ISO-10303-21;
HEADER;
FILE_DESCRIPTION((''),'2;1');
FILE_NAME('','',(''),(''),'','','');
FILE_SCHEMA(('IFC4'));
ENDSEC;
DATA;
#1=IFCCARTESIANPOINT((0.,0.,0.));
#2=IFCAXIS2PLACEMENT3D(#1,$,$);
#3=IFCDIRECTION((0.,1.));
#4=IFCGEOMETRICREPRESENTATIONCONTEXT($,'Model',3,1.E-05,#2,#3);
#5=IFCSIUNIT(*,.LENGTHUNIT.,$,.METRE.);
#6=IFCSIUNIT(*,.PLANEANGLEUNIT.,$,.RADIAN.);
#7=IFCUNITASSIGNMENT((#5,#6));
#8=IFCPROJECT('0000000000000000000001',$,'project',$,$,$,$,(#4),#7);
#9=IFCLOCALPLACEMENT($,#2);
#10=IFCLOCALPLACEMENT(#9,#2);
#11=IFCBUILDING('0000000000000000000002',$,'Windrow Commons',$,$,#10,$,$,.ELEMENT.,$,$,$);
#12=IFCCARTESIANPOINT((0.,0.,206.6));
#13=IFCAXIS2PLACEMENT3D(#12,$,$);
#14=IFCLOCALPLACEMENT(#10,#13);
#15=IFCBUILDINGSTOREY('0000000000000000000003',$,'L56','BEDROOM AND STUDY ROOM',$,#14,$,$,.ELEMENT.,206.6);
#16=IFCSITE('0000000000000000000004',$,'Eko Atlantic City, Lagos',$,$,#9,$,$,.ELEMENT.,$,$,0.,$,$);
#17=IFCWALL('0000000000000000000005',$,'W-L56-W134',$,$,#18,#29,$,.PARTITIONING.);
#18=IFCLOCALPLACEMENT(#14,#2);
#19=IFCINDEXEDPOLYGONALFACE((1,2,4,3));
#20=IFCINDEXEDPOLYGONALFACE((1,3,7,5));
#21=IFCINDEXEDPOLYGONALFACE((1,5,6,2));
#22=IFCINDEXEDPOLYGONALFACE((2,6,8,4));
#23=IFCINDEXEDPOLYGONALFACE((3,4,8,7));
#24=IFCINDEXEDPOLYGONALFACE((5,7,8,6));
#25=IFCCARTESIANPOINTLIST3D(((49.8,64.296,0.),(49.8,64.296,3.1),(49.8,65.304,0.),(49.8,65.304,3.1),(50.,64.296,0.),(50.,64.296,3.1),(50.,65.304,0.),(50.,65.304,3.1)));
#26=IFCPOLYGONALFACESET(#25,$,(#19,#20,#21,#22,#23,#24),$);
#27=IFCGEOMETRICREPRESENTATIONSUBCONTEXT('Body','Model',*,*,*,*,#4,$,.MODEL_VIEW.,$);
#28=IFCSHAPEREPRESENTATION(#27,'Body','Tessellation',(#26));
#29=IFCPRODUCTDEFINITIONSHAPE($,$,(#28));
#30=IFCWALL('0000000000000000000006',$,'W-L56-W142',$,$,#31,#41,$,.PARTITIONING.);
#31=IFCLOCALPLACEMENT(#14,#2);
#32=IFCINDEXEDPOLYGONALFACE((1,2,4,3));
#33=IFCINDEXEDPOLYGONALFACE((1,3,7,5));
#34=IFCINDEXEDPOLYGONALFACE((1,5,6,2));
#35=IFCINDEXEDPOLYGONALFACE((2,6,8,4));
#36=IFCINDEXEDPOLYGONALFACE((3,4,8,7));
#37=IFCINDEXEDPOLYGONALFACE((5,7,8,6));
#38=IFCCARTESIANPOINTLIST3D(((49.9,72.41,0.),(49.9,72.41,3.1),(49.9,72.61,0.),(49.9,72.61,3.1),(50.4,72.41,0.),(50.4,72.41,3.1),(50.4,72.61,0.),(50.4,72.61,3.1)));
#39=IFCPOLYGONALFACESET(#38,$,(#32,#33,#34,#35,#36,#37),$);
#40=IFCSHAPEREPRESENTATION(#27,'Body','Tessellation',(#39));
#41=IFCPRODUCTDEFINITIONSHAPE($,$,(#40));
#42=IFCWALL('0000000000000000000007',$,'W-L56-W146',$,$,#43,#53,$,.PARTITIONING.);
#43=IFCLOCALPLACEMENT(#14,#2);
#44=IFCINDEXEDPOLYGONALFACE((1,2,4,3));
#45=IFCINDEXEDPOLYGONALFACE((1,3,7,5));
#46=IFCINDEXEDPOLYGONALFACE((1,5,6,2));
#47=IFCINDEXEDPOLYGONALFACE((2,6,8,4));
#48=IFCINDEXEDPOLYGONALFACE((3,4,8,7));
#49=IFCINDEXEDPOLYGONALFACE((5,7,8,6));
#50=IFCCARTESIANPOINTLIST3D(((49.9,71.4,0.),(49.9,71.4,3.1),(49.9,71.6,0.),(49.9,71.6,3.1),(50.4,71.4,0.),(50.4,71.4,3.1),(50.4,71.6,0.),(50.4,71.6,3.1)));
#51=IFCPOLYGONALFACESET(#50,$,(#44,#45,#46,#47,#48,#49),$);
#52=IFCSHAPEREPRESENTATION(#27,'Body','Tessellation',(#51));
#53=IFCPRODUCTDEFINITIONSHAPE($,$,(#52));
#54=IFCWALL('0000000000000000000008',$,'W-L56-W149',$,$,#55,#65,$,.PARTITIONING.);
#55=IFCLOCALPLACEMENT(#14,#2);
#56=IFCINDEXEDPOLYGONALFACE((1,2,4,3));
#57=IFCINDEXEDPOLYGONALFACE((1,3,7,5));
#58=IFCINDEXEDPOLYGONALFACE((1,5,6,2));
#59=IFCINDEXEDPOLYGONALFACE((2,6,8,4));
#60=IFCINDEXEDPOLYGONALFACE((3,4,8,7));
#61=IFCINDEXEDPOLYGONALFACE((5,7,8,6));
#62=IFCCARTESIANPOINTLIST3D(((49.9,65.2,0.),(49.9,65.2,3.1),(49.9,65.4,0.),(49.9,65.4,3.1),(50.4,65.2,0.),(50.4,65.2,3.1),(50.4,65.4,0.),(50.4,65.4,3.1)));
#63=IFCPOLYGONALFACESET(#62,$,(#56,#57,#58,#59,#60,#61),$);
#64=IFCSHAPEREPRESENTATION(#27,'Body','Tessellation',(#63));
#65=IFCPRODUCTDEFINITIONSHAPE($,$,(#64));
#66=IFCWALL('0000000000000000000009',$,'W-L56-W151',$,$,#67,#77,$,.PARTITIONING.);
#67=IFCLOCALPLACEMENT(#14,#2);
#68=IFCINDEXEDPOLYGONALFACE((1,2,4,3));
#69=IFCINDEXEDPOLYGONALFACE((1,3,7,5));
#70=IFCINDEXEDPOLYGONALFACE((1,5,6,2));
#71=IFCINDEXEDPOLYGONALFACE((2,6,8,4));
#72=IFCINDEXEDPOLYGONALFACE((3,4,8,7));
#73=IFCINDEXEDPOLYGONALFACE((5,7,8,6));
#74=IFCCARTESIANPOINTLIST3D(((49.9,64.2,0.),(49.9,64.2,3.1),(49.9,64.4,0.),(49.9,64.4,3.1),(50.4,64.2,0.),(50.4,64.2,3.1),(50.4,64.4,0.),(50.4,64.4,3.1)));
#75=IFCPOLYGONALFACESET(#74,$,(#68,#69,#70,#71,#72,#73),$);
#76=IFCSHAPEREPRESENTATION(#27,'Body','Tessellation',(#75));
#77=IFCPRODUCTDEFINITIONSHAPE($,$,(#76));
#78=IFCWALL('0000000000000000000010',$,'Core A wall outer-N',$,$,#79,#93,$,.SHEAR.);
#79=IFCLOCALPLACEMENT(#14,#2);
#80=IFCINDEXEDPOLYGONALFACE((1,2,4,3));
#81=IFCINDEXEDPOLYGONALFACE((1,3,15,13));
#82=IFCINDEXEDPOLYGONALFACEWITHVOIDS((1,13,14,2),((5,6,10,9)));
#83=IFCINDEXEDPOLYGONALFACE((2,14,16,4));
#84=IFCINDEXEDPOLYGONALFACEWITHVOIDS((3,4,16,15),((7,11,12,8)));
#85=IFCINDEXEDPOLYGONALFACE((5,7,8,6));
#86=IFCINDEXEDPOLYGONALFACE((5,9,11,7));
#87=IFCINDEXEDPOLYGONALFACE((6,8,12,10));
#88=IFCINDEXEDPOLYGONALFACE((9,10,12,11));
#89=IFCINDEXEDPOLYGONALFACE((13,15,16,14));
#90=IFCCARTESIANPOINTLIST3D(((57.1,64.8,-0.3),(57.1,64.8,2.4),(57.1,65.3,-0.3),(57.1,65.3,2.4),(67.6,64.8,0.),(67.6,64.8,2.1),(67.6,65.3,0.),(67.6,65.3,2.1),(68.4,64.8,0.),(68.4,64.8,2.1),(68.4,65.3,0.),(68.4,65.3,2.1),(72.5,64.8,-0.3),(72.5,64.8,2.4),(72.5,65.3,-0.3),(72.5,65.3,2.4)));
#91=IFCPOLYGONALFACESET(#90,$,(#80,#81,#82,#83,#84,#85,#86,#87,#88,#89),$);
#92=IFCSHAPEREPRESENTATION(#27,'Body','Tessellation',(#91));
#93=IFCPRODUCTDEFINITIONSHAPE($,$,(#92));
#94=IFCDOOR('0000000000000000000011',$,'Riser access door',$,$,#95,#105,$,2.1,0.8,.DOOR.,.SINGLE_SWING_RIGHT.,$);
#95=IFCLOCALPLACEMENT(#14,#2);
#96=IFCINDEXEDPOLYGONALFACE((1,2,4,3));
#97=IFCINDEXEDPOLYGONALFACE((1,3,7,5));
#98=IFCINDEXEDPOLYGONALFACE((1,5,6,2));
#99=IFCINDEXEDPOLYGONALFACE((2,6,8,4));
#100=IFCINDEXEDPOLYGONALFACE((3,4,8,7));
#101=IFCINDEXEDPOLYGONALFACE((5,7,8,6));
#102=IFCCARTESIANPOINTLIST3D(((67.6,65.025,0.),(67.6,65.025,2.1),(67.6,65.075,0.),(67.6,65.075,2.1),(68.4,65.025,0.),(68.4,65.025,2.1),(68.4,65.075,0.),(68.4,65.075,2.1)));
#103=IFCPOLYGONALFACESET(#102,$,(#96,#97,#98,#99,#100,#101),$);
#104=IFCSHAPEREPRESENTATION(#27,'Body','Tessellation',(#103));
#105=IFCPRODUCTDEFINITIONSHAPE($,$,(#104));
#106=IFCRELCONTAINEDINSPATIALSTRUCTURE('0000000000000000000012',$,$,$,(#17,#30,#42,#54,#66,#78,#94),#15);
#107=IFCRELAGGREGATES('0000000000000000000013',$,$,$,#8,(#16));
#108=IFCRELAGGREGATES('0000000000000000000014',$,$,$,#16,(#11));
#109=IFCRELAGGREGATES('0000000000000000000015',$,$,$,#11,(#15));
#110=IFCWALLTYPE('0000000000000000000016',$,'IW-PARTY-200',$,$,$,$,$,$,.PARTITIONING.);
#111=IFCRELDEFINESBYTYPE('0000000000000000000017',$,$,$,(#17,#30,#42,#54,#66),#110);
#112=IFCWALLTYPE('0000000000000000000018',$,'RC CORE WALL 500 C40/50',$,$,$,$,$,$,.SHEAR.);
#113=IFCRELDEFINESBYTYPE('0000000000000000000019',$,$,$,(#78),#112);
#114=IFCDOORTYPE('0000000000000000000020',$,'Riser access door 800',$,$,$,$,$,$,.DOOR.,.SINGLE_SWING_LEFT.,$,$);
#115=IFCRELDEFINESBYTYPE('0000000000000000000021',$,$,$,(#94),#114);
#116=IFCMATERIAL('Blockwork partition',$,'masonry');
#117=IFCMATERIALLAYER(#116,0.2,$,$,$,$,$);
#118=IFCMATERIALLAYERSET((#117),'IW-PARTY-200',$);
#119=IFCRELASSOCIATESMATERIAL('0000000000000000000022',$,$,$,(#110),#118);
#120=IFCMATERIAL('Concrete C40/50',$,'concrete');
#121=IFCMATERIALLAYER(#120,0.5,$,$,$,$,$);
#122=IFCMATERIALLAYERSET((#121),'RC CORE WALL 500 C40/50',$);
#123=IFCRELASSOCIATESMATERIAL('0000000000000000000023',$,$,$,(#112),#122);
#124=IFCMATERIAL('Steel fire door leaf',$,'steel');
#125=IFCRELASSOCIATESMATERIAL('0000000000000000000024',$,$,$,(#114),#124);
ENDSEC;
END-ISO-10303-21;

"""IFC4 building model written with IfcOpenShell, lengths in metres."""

from ifc_helpers import new_model, si_unit, direction, frame, frame_2d, origin, place, context, subcontext, project, spatial, rectangle, extrude, material, layer, layer_set, type_object, element, fill, save


model = new_model("IFC4")

# Units and contexts
model_context = context("Model", 3, precision=1e-05, world=origin(), true_north=direction((0.0, 1.0)))
body_context = subcontext(model_context, "Body", "Model", "MODEL_VIEW")
ifc_project = project(units=[si_unit("LENGTHUNIT", "METRE"), si_unit("PLANEANGLEUNIT", "RADIAN")], contexts=[model_context])

# Site, building, storey
site_placement = place(None, origin())
site = spatial("IfcSite", under=ifc_project, at=site_placement, Name="Eko Atlantic City, Lagos", CompositionType="ELEMENT", RefElevation=0.0)
building_placement = place(site_placement, origin())
building = spatial("IfcBuilding", under=site, at=building_placement, Name="Windrow Commons", CompositionType="ELEMENT")
storey_placement = place(building_placement, frame((0.0, 0.0, 206.6)))
storey = spatial("IfcBuildingStorey", under=building, at=storey_placement, Name="L56", Description="BEDROOM AND STUDY ROOM", CompositionType="ELEMENT", Elevation=206.6)

# Walls
ifc_material_1 = material(Name="Blockwork partition", Category="masonry")
ifc_layer_1 = layer(ifc_material_1, 0.2)
ifc_layer_set_1 = layer_set([ifc_layer_1], Name="IW-PARTY-200")
wall_type_1 = type_object("IfcWallType", Name="IW-PARTY-200", PredefinedType="PARTITIONING", material=ifc_layer_set_1)
wall_1_placement = place(storey_placement, frame((49.9, 64.296, 0.0), z_axis=(0.0, 0.0, 1.0), x_axis=(0.0, 1.0, 0.0)))
element("IfcWall", 1, at=wall_1_placement, inside=storey, type_object=wall_type_1, Name="W-L56-W134", PredefinedType="PARTITIONING", context=body_context, shape_type="SweptSolid", body=[
    extrude(rectangle(XDim=1.008, YDim=0.2, at=frame_2d((0.504, 0.0))), origin(), (0.0, 0.0, 1.0), 3.1),
])
for number, where, z_axis, x_axis, name in (
    (2, (49.9, 72.51, 0.0), (0.0, 0.0, 1.0), (1.0, 0.0, 0.0), "W-L56-W142"),
    (3, (49.9, 71.5, 0.0), (0.0, 0.0, 1.0), (1.0, 0.0, 0.0), "W-L56-W146"),
    (4, (49.9, 65.3, 0.0), (0.0, 0.0, 1.0), (1.0, 0.0, 0.0), "W-L56-W149"),
    (5, (49.9, 64.3, 0.0), (0.0, 0.0, 1.0), (1.0, 0.0, 0.0), "W-L56-W151"),
):
    element("IfcWall", number, at=place(storey_placement, frame(where, z_axis=z_axis, x_axis=x_axis)), inside=storey, type_object=wall_type_1, Name=name, PredefinedType="PARTITIONING", context=body_context, shape_type="SweptSolid", body=[
        extrude(rectangle(XDim=0.5, YDim=0.2, at=frame_2d((0.25, 0.0))), origin(), (0.0, 0.0, 1.0), 3.1),
    ])

# Wall, opening, door
ifc_material_2 = material(Name="Concrete C40/50", Category="concrete")
ifc_layer_2 = layer(ifc_material_2, 0.5)
ifc_layer_set_2 = layer_set([ifc_layer_2], Name="RC CORE WALL 500 C40/50")
wall_type_2 = type_object("IfcWallType", Name="RC CORE WALL 500 C40/50", PredefinedType="SHEAR", material=ifc_layer_set_2)
wall_2_placement = place(storey_placement, frame((57.1, 65.05, -0.3), z_axis=(0.0, 0.0, 1.0), x_axis=(1.0, 0.0, 0.0)))
wall_2 = element("IfcWall", 6, at=wall_2_placement, inside=storey, type_object=wall_type_2, Name="Core A wall outer-N", PredefinedType="SHEAR", context=body_context, shape_type="SweptSolid", body=[
    extrude(rectangle(XDim=15.4, YDim=0.5, at=frame_2d((7.7, 0.0))), origin(), (0.0, 0.0, 1.0), 2.7),
])
opening_1_placement = place(wall_2_placement, frame((10.5, 0.0, 0.3)))
opening_1 = element("IfcOpeningElement", 7, at=opening_1_placement, cuts=wall_2, PredefinedType="OPENING", context=body_context, shape_type="SweptSolid", body=[
    extrude(rectangle(XDim=0.8, YDim=2.1, at=frame_2d((0.4, 1.05))), frame((0.0, 0.26, 0.0), z_axis=(0.0, -1.0, 0.0), x_axis=(1.0, 0.0, 0.0)), (0.0, 0.0, 1.0), 0.52),
])
ifc_material_3 = material(Name="Steel fire door leaf", Category="steel")
door_type_1 = type_object("IfcDoorType", Name="Riser access door 800", OperationType="SINGLE_SWING_LEFT", PredefinedType="DOOR", material=ifc_material_3)
door_1_placement = place(opening_1_placement, origin())
door_1 = element("IfcDoor", 8, at=door_1_placement, inside=storey, type_object=door_type_1, Name="Riser access door", OperationType="SINGLE_SWING_RIGHT", OverallHeight=2.1, OverallWidth=0.8, PredefinedType="DOOR", context=body_context, shape_type="SweptSolid", body=[
    extrude(rectangle(XDim=0.8, YDim=2.1, at=frame_2d((0.4, 1.05))), frame((0.0, 0.025, 0.0), z_axis=(0.0, -1.0, 0.0), x_axis=(1.0, 0.0, 0.0)), (0.0, 0.0, 1.0), 0.05),
])
fill(opening_1, door_1)

save(model, "model.ifc")
